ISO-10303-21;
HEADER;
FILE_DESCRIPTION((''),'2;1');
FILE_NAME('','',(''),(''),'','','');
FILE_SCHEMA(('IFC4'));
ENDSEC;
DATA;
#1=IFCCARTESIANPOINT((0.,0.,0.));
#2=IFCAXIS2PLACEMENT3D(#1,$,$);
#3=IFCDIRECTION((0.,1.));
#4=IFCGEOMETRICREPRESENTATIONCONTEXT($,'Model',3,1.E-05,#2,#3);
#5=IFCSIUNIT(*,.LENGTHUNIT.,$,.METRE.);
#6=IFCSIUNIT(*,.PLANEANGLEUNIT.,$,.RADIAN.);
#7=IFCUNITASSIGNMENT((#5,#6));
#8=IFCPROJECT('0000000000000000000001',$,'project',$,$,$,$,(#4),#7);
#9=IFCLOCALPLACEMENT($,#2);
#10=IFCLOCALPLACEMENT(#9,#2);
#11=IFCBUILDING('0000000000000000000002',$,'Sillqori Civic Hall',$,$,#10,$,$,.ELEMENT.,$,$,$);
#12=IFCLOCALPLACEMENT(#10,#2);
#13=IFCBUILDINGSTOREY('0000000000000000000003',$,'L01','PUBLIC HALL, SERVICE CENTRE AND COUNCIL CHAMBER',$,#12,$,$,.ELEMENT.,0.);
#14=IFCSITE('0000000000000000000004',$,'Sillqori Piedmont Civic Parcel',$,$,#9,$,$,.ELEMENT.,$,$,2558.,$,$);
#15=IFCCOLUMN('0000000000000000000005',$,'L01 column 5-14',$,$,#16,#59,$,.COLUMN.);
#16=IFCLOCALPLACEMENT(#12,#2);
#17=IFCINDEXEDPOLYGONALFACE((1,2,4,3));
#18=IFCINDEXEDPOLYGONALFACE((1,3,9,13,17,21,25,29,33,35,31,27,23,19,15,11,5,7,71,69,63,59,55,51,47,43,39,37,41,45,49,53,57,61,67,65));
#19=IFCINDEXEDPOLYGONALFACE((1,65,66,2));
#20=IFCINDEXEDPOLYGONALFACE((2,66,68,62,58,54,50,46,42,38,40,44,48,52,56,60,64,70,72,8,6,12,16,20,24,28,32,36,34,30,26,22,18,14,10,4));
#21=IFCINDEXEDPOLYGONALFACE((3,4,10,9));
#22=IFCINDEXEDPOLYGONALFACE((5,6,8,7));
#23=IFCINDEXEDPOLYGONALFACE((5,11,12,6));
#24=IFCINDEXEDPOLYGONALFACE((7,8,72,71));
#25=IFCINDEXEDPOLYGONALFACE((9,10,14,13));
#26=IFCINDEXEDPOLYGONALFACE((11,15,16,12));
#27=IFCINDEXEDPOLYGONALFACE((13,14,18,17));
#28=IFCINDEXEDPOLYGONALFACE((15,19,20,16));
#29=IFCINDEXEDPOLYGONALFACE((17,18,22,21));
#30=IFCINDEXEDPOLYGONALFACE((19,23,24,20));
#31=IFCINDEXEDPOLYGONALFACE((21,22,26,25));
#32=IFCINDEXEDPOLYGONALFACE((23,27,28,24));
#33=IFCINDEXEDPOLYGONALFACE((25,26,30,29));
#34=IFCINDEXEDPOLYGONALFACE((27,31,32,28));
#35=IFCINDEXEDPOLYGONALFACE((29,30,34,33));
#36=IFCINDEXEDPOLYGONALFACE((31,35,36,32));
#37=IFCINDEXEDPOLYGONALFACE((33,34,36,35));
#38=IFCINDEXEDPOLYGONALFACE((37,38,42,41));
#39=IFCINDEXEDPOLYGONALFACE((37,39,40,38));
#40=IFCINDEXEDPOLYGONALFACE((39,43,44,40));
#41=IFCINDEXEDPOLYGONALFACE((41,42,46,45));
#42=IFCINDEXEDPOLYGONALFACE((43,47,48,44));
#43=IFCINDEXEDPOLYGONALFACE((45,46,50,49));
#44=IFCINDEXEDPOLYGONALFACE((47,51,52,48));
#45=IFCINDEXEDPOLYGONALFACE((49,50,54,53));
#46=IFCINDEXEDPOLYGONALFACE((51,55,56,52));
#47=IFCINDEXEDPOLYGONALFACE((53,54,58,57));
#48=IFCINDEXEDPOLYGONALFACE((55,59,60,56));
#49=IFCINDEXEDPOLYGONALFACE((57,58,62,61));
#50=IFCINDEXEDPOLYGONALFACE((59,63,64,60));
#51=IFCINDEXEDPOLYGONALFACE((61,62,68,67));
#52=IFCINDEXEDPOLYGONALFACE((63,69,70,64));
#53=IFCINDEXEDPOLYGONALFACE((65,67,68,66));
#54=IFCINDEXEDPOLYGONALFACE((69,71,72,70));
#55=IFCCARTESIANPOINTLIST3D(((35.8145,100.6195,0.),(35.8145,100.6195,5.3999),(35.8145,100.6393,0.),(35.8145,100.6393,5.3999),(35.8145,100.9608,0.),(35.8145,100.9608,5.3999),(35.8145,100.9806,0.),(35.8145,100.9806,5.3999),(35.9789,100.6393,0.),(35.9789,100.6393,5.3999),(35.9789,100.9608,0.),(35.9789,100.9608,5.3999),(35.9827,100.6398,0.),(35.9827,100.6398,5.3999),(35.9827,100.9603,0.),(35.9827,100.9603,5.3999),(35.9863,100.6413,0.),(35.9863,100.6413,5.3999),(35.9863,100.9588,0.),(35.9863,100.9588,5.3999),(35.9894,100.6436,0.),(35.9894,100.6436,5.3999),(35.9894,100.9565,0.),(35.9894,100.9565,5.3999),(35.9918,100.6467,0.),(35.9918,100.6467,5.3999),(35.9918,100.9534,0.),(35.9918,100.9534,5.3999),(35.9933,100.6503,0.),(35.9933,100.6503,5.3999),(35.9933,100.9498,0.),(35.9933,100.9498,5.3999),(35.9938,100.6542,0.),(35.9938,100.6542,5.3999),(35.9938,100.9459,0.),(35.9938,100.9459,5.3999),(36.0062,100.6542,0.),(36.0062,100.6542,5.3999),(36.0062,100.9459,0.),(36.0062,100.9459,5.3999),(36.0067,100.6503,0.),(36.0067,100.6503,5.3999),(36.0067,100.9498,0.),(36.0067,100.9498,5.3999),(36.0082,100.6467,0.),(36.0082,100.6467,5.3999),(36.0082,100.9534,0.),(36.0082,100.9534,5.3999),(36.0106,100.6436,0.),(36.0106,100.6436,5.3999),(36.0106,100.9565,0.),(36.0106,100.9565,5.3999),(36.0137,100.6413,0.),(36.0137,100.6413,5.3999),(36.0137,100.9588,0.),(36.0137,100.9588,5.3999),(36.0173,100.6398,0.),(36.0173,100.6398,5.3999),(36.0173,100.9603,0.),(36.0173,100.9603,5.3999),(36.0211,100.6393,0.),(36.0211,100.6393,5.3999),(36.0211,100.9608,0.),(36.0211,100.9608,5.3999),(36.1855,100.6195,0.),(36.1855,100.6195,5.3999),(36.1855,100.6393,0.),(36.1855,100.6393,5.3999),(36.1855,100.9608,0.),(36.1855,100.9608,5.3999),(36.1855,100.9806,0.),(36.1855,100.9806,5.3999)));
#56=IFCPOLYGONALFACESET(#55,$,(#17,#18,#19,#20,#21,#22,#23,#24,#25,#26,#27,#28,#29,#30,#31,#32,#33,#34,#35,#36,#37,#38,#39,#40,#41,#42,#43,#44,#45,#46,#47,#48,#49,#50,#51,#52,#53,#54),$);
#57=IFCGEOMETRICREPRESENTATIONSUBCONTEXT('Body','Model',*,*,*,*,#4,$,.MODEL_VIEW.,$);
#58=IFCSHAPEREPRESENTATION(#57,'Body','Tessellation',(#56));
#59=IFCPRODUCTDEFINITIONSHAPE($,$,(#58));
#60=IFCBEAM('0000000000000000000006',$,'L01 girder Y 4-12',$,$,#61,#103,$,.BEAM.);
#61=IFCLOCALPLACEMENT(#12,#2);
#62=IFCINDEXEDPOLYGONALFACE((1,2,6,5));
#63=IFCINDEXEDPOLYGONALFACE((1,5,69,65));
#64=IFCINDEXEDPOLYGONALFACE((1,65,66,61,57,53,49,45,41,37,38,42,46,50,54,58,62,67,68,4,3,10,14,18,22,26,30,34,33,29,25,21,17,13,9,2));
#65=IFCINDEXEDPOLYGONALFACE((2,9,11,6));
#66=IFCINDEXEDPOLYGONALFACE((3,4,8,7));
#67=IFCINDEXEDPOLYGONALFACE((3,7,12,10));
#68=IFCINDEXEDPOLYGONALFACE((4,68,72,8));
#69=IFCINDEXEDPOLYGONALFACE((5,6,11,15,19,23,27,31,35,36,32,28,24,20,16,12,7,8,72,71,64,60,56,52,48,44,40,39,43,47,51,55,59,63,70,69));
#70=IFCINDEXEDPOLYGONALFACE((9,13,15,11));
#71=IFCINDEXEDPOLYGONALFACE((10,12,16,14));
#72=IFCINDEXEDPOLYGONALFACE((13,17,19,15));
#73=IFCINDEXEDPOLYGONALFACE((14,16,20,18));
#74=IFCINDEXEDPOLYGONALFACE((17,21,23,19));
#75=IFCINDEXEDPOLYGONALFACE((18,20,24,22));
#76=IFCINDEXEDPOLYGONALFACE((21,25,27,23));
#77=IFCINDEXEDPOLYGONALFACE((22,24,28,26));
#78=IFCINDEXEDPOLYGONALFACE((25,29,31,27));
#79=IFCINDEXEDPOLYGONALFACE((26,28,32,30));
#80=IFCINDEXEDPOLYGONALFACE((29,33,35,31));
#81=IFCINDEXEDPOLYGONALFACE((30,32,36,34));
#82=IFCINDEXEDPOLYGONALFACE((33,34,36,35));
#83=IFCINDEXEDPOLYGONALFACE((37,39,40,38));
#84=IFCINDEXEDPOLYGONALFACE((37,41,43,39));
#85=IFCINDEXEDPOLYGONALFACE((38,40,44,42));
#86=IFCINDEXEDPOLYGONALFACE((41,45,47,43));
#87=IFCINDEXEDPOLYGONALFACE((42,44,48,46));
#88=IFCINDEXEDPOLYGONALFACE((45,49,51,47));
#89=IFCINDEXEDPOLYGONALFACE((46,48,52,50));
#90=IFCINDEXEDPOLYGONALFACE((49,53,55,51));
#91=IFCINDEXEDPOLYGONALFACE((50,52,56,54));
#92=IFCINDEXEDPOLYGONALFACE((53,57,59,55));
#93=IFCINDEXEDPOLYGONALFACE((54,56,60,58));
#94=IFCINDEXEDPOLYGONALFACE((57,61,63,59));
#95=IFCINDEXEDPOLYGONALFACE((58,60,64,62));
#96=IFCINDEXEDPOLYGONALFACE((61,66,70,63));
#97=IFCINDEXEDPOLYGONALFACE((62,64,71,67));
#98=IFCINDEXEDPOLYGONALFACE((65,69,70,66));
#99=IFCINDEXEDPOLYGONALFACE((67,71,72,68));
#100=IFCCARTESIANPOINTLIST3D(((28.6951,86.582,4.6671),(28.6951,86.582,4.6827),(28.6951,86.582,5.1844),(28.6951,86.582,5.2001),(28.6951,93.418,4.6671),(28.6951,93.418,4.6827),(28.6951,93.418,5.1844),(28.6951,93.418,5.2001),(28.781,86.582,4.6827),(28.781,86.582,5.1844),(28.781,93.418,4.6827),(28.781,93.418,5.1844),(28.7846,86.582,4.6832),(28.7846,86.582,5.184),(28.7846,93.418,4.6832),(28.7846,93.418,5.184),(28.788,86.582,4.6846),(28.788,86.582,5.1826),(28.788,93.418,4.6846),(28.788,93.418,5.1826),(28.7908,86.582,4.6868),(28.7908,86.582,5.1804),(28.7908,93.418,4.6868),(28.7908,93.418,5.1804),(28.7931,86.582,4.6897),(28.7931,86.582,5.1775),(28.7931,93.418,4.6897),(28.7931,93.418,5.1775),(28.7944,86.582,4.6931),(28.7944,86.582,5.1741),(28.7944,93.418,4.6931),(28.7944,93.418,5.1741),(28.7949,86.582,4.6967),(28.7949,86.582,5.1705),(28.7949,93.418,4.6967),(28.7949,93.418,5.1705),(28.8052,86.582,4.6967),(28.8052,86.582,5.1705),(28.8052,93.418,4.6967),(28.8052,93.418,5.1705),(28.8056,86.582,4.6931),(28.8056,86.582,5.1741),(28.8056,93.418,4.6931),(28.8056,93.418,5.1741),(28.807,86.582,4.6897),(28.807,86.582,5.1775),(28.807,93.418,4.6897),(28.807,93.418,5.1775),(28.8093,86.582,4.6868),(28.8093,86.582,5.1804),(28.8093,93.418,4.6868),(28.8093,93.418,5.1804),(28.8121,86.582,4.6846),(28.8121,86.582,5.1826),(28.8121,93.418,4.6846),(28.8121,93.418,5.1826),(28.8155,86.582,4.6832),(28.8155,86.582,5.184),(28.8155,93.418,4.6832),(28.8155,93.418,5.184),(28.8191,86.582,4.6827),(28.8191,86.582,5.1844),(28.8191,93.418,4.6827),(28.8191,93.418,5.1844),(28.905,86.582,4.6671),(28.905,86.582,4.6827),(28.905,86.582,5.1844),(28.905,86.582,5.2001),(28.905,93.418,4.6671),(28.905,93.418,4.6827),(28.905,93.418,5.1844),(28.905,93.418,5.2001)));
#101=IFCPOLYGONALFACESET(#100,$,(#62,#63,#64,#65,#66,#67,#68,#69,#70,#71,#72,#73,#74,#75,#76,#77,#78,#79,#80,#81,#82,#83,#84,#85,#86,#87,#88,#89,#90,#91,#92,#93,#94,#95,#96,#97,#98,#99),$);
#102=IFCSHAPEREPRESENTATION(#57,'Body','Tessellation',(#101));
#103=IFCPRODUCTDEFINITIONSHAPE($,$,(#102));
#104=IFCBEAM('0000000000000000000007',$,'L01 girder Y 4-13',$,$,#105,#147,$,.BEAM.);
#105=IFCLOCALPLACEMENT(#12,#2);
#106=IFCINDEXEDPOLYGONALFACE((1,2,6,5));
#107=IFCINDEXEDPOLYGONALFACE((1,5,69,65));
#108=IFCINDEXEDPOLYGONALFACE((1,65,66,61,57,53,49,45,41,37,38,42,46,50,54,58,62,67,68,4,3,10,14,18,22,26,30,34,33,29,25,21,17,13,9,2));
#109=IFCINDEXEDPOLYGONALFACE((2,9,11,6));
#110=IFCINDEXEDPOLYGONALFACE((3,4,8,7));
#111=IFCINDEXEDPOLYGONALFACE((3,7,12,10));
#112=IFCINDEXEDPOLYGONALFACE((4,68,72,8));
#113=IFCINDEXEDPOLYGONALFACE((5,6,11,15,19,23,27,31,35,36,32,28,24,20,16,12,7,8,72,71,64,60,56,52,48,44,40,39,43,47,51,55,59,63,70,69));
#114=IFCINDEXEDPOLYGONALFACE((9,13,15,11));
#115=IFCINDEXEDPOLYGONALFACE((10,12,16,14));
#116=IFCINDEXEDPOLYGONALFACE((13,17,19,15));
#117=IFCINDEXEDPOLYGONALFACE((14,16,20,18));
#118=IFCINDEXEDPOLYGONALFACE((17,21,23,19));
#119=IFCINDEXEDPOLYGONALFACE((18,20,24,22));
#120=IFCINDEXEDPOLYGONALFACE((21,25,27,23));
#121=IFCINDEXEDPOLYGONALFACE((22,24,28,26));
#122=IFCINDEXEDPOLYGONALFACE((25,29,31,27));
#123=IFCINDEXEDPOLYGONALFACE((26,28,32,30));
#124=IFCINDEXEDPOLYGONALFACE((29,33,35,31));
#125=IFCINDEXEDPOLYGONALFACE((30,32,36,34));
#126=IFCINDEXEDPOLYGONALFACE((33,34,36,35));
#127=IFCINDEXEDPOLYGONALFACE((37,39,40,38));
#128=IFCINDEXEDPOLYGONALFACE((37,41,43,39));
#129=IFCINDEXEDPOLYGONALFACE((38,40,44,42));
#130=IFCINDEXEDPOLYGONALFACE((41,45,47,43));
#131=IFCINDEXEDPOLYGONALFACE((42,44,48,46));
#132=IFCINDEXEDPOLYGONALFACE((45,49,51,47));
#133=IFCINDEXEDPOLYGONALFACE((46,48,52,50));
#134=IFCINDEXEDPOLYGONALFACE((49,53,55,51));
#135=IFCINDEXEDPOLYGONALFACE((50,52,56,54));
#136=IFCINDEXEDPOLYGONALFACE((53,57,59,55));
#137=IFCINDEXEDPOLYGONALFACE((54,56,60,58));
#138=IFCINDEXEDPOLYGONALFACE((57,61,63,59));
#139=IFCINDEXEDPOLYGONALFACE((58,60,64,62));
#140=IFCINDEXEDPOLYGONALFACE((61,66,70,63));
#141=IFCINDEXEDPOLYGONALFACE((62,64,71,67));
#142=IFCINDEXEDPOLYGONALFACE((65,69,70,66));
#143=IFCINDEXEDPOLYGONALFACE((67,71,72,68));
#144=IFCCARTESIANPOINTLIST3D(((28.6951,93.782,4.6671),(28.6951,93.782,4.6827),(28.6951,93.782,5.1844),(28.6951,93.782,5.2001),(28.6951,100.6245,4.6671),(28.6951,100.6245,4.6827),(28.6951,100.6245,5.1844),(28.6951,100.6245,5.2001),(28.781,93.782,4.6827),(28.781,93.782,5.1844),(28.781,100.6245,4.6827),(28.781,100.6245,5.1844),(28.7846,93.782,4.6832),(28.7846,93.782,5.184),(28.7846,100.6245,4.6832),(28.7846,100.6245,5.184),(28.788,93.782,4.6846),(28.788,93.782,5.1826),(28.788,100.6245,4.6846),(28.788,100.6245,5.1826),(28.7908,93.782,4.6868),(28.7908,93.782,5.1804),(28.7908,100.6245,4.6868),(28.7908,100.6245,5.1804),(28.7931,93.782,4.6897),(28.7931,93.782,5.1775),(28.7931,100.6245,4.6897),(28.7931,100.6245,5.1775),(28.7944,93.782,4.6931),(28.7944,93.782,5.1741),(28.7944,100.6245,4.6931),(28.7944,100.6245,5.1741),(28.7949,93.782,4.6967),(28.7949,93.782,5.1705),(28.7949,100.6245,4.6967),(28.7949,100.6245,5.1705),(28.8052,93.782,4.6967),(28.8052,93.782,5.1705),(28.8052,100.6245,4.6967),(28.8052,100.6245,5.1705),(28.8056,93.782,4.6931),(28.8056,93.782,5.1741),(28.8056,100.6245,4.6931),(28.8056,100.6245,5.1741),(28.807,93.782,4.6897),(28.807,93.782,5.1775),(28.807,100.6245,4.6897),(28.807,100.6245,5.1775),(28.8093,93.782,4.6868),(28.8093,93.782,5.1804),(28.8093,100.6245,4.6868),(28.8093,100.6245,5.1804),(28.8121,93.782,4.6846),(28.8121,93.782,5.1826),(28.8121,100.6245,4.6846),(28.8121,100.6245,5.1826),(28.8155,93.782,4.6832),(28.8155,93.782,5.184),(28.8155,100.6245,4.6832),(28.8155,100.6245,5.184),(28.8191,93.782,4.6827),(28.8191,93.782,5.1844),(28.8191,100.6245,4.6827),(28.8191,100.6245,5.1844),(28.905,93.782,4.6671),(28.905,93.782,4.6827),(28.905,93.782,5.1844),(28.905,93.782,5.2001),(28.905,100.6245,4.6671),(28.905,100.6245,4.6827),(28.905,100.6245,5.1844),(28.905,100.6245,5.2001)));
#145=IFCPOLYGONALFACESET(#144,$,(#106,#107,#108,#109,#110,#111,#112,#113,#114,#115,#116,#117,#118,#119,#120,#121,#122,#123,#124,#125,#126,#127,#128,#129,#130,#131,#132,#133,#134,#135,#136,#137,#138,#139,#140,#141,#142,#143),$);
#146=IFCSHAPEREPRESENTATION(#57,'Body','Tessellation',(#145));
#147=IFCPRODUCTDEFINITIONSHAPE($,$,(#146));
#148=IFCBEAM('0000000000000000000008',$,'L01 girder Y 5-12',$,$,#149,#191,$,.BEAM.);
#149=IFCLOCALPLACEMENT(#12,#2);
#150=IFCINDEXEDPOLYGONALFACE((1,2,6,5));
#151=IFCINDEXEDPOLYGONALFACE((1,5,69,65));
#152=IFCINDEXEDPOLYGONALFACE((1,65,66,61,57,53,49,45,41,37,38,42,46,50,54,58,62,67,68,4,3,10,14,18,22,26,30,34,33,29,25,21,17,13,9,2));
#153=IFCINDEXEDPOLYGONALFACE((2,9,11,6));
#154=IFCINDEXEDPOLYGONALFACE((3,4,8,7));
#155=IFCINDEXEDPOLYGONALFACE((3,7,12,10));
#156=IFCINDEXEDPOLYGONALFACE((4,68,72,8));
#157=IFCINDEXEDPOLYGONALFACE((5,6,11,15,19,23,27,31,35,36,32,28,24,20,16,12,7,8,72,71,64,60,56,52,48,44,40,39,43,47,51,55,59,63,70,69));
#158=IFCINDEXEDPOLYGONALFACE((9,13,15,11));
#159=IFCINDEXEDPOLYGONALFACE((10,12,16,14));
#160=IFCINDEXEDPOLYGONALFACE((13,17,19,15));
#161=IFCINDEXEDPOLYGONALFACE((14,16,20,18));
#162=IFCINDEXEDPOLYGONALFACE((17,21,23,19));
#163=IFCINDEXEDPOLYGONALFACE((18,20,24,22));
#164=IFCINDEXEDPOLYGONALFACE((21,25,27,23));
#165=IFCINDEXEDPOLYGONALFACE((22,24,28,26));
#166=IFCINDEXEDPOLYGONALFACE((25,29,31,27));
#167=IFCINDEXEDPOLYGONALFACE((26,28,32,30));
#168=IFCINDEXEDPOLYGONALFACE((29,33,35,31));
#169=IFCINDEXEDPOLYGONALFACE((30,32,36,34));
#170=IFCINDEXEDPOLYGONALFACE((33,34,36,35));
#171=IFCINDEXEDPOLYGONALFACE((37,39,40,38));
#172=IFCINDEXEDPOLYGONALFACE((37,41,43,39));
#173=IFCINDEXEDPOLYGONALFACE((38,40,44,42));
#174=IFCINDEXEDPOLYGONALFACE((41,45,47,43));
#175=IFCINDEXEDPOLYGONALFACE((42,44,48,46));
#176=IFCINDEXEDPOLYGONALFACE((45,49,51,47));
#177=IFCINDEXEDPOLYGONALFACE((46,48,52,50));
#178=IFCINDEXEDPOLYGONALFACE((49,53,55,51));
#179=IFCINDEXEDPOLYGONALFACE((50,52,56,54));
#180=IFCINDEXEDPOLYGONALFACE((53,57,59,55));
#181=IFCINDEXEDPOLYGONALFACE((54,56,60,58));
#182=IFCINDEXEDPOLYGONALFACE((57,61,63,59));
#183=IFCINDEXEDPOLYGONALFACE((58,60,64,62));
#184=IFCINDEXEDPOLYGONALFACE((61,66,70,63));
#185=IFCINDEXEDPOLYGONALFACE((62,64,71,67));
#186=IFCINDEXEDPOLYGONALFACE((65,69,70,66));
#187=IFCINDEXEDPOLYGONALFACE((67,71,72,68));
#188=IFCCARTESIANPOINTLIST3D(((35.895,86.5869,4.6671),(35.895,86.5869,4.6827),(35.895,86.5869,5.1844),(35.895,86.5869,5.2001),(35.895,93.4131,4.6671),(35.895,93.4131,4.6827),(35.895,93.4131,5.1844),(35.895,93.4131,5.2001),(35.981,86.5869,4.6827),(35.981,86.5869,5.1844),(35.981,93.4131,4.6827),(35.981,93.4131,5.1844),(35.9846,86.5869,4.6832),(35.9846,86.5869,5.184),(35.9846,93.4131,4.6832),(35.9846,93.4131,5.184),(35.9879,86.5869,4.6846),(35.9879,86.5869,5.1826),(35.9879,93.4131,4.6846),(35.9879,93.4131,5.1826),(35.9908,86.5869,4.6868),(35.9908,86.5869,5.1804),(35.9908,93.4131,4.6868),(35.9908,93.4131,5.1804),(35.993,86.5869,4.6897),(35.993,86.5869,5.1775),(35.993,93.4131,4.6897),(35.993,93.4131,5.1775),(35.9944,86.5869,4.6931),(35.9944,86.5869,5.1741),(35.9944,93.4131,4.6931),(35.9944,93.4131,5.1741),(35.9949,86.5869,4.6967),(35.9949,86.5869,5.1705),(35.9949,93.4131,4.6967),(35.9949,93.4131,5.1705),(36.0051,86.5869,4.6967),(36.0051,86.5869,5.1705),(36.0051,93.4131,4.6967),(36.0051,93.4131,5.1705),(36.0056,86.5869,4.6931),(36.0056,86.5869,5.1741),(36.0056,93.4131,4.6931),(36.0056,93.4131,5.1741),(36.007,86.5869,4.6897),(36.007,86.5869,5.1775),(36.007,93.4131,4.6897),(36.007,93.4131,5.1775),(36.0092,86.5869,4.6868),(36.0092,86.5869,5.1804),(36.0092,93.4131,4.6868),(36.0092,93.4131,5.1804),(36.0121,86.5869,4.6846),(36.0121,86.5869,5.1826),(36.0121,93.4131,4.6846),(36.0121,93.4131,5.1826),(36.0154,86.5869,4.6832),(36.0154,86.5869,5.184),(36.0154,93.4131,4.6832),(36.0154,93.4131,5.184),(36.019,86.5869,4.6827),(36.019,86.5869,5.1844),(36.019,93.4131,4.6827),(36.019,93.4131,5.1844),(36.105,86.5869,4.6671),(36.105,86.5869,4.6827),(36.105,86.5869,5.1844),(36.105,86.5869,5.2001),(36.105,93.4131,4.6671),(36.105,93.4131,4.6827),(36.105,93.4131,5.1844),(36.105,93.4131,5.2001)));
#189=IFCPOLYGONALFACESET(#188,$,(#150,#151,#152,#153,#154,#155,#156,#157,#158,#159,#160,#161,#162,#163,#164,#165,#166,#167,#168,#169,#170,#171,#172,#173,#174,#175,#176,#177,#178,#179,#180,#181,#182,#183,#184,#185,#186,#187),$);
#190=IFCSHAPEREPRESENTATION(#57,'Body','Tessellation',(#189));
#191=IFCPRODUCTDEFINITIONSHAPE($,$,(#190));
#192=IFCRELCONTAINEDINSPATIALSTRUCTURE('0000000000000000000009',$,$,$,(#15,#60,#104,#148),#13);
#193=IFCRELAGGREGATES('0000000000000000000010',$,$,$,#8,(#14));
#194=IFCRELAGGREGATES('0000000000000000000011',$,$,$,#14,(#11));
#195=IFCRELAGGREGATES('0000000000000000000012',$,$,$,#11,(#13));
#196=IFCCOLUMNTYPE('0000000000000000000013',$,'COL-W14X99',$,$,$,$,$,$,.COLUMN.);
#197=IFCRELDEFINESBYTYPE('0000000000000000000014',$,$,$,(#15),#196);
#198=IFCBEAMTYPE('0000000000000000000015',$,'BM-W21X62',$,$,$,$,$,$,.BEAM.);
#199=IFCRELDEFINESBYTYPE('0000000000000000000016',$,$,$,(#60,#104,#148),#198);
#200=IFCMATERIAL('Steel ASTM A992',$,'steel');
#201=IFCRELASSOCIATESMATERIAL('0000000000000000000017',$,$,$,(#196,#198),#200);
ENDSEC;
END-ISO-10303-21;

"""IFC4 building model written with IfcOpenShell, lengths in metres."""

from ifc_helpers import new_model, si_unit, direction, frame, origin, origin_2d, place, context, subcontext, project, spatial, i_section, extrude, material, material_profile, profile_set, type_object, element, save


model = new_model("IFC4")

# Units and contexts
model_context = context("Model", 3, precision=1e-05, world=origin(), true_north=direction((0.0, 1.0)))
body_context = subcontext(model_context, "Body", "Model", "MODEL_VIEW")
ifc_project = project(units=[si_unit("LENGTHUNIT", "METRE"), si_unit("PLANEANGLEUNIT", "RADIAN")], contexts=[model_context])

# Site, building, storey
site_placement = place(None, origin())
site = spatial("IfcSite", under=ifc_project, at=site_placement, Name="Sillqori Piedmont Civic Parcel", CompositionType="ELEMENT", RefElevation=2558.0)
building_placement = place(site_placement, origin())
building = spatial("IfcBuilding", under=site, at=building_placement, Name="Sillqori Civic Hall", CompositionType="ELEMENT")
storey_placement = place(building_placement, origin())
storey = spatial("IfcBuildingStorey", under=building, at=storey_placement, Name="L01", Description="PUBLIC HALL, SERVICE CENTRE AND COUNCIL CHAMBER", CompositionType="ELEMENT", Elevation=0.0)

# Column
ifc_material_1 = material(Name="Steel ASTM A992", Category="steel")
ifc_material_profile_1 = material_profile(ifc_material_1, i_section(OverallWidth=0.3711, OverallDepth=0.3611, WebThickness=0.0125, FlangeThickness=0.0198, FilletRadius=0.0149, at=origin_2d()), Name="W14X99")
ifc_profile_set_1 = profile_set([ifc_material_profile_1], Name="Steel ASTM A992")
column_type_1 = type_object("IfcColumnType", Name="COL-W14X99", PredefinedType="COLUMN", material=ifc_profile_set_1)
column_1_placement = place(storey_placement, frame((36.0, 100.8, 0.0), z_axis=(0.0, 0.0, 1.0), x_axis=(1.0, 0.0, 0.0)))
element("IfcColumn", 1, at=column_1_placement, inside=storey, type_object=column_type_1, Name="L01 column 5-14", PredefinedType="COLUMN", context=body_context, shape_type="SweptSolid", body=[
    extrude(i_section(OverallWidth=0.3711, OverallDepth=0.3611, WebThickness=0.0125, FlangeThickness=0.0198, FilletRadius=0.0149, at=origin_2d()), origin(), (0.0, 0.0, 1.0), 5.3999),
])

# Beams
ifc_material_profile_2 = material_profile(ifc_material_1, i_section(OverallWidth=0.21, OverallDepth=0.533, WebThickness=0.0103, FlangeThickness=0.0156, FilletRadius=0.0139, at=origin_2d()), Name="W21X62")
ifc_profile_set_2 = profile_set([ifc_material_profile_2], Name="Steel ASTM A992")
beam_type_1 = type_object("IfcBeamType", Name="BM-W21X62", PredefinedType="BEAM", material=ifc_profile_set_2)
beam_1_placement = place(storey_placement, frame((28.8, 86.582, 4.9336), z_axis=(0.0, 1.0, 0.0), x_axis=(-1.0, 0.0, 0.0)))
element("IfcBeam", 2, at=beam_1_placement, inside=storey, type_object=beam_type_1, Name="L01 girder Y 4-12", PredefinedType="BEAM", context=body_context, shape_type="SweptSolid", body=[
    extrude(i_section(OverallWidth=0.21, OverallDepth=0.533, WebThickness=0.0103, FlangeThickness=0.0156, FilletRadius=0.0139, at=origin_2d()), origin(), (0.0, 0.0, 1.0), 6.8359),
])
beam_2_placement = place(storey_placement, frame((28.8, 93.782, 4.9336), z_axis=(0.0, 1.0, 0.0), x_axis=(-1.0, 0.0, 0.0)))
element("IfcBeam", 3, at=beam_2_placement, inside=storey, type_object=beam_type_1, Name="L01 girder Y 4-13", PredefinedType="BEAM", context=body_context, shape_type="SweptSolid", body=[
    extrude(i_section(OverallWidth=0.21, OverallDepth=0.533, WebThickness=0.0103, FlangeThickness=0.0156, FilletRadius=0.0139, at=origin_2d()), origin(), (0.0, 0.0, 1.0), 6.8425),
])
beam_3_placement = place(storey_placement, frame((36.0, 86.5869, 4.9336), z_axis=(0.0, 1.0, 0.0), x_axis=(-1.0, 0.0, 0.0)))
element("IfcBeam", 4, at=beam_3_placement, inside=storey, type_object=beam_type_1, Name="L01 girder Y 5-12", PredefinedType="BEAM", context=body_context, shape_type="SweptSolid", body=[
    extrude(i_section(OverallWidth=0.21, OverallDepth=0.533, WebThickness=0.0103, FlangeThickness=0.0156, FilletRadius=0.0139, at=origin_2d()), origin(), (0.0, 0.0, 1.0), 6.8262),
])

save(model, "model.ifc")
